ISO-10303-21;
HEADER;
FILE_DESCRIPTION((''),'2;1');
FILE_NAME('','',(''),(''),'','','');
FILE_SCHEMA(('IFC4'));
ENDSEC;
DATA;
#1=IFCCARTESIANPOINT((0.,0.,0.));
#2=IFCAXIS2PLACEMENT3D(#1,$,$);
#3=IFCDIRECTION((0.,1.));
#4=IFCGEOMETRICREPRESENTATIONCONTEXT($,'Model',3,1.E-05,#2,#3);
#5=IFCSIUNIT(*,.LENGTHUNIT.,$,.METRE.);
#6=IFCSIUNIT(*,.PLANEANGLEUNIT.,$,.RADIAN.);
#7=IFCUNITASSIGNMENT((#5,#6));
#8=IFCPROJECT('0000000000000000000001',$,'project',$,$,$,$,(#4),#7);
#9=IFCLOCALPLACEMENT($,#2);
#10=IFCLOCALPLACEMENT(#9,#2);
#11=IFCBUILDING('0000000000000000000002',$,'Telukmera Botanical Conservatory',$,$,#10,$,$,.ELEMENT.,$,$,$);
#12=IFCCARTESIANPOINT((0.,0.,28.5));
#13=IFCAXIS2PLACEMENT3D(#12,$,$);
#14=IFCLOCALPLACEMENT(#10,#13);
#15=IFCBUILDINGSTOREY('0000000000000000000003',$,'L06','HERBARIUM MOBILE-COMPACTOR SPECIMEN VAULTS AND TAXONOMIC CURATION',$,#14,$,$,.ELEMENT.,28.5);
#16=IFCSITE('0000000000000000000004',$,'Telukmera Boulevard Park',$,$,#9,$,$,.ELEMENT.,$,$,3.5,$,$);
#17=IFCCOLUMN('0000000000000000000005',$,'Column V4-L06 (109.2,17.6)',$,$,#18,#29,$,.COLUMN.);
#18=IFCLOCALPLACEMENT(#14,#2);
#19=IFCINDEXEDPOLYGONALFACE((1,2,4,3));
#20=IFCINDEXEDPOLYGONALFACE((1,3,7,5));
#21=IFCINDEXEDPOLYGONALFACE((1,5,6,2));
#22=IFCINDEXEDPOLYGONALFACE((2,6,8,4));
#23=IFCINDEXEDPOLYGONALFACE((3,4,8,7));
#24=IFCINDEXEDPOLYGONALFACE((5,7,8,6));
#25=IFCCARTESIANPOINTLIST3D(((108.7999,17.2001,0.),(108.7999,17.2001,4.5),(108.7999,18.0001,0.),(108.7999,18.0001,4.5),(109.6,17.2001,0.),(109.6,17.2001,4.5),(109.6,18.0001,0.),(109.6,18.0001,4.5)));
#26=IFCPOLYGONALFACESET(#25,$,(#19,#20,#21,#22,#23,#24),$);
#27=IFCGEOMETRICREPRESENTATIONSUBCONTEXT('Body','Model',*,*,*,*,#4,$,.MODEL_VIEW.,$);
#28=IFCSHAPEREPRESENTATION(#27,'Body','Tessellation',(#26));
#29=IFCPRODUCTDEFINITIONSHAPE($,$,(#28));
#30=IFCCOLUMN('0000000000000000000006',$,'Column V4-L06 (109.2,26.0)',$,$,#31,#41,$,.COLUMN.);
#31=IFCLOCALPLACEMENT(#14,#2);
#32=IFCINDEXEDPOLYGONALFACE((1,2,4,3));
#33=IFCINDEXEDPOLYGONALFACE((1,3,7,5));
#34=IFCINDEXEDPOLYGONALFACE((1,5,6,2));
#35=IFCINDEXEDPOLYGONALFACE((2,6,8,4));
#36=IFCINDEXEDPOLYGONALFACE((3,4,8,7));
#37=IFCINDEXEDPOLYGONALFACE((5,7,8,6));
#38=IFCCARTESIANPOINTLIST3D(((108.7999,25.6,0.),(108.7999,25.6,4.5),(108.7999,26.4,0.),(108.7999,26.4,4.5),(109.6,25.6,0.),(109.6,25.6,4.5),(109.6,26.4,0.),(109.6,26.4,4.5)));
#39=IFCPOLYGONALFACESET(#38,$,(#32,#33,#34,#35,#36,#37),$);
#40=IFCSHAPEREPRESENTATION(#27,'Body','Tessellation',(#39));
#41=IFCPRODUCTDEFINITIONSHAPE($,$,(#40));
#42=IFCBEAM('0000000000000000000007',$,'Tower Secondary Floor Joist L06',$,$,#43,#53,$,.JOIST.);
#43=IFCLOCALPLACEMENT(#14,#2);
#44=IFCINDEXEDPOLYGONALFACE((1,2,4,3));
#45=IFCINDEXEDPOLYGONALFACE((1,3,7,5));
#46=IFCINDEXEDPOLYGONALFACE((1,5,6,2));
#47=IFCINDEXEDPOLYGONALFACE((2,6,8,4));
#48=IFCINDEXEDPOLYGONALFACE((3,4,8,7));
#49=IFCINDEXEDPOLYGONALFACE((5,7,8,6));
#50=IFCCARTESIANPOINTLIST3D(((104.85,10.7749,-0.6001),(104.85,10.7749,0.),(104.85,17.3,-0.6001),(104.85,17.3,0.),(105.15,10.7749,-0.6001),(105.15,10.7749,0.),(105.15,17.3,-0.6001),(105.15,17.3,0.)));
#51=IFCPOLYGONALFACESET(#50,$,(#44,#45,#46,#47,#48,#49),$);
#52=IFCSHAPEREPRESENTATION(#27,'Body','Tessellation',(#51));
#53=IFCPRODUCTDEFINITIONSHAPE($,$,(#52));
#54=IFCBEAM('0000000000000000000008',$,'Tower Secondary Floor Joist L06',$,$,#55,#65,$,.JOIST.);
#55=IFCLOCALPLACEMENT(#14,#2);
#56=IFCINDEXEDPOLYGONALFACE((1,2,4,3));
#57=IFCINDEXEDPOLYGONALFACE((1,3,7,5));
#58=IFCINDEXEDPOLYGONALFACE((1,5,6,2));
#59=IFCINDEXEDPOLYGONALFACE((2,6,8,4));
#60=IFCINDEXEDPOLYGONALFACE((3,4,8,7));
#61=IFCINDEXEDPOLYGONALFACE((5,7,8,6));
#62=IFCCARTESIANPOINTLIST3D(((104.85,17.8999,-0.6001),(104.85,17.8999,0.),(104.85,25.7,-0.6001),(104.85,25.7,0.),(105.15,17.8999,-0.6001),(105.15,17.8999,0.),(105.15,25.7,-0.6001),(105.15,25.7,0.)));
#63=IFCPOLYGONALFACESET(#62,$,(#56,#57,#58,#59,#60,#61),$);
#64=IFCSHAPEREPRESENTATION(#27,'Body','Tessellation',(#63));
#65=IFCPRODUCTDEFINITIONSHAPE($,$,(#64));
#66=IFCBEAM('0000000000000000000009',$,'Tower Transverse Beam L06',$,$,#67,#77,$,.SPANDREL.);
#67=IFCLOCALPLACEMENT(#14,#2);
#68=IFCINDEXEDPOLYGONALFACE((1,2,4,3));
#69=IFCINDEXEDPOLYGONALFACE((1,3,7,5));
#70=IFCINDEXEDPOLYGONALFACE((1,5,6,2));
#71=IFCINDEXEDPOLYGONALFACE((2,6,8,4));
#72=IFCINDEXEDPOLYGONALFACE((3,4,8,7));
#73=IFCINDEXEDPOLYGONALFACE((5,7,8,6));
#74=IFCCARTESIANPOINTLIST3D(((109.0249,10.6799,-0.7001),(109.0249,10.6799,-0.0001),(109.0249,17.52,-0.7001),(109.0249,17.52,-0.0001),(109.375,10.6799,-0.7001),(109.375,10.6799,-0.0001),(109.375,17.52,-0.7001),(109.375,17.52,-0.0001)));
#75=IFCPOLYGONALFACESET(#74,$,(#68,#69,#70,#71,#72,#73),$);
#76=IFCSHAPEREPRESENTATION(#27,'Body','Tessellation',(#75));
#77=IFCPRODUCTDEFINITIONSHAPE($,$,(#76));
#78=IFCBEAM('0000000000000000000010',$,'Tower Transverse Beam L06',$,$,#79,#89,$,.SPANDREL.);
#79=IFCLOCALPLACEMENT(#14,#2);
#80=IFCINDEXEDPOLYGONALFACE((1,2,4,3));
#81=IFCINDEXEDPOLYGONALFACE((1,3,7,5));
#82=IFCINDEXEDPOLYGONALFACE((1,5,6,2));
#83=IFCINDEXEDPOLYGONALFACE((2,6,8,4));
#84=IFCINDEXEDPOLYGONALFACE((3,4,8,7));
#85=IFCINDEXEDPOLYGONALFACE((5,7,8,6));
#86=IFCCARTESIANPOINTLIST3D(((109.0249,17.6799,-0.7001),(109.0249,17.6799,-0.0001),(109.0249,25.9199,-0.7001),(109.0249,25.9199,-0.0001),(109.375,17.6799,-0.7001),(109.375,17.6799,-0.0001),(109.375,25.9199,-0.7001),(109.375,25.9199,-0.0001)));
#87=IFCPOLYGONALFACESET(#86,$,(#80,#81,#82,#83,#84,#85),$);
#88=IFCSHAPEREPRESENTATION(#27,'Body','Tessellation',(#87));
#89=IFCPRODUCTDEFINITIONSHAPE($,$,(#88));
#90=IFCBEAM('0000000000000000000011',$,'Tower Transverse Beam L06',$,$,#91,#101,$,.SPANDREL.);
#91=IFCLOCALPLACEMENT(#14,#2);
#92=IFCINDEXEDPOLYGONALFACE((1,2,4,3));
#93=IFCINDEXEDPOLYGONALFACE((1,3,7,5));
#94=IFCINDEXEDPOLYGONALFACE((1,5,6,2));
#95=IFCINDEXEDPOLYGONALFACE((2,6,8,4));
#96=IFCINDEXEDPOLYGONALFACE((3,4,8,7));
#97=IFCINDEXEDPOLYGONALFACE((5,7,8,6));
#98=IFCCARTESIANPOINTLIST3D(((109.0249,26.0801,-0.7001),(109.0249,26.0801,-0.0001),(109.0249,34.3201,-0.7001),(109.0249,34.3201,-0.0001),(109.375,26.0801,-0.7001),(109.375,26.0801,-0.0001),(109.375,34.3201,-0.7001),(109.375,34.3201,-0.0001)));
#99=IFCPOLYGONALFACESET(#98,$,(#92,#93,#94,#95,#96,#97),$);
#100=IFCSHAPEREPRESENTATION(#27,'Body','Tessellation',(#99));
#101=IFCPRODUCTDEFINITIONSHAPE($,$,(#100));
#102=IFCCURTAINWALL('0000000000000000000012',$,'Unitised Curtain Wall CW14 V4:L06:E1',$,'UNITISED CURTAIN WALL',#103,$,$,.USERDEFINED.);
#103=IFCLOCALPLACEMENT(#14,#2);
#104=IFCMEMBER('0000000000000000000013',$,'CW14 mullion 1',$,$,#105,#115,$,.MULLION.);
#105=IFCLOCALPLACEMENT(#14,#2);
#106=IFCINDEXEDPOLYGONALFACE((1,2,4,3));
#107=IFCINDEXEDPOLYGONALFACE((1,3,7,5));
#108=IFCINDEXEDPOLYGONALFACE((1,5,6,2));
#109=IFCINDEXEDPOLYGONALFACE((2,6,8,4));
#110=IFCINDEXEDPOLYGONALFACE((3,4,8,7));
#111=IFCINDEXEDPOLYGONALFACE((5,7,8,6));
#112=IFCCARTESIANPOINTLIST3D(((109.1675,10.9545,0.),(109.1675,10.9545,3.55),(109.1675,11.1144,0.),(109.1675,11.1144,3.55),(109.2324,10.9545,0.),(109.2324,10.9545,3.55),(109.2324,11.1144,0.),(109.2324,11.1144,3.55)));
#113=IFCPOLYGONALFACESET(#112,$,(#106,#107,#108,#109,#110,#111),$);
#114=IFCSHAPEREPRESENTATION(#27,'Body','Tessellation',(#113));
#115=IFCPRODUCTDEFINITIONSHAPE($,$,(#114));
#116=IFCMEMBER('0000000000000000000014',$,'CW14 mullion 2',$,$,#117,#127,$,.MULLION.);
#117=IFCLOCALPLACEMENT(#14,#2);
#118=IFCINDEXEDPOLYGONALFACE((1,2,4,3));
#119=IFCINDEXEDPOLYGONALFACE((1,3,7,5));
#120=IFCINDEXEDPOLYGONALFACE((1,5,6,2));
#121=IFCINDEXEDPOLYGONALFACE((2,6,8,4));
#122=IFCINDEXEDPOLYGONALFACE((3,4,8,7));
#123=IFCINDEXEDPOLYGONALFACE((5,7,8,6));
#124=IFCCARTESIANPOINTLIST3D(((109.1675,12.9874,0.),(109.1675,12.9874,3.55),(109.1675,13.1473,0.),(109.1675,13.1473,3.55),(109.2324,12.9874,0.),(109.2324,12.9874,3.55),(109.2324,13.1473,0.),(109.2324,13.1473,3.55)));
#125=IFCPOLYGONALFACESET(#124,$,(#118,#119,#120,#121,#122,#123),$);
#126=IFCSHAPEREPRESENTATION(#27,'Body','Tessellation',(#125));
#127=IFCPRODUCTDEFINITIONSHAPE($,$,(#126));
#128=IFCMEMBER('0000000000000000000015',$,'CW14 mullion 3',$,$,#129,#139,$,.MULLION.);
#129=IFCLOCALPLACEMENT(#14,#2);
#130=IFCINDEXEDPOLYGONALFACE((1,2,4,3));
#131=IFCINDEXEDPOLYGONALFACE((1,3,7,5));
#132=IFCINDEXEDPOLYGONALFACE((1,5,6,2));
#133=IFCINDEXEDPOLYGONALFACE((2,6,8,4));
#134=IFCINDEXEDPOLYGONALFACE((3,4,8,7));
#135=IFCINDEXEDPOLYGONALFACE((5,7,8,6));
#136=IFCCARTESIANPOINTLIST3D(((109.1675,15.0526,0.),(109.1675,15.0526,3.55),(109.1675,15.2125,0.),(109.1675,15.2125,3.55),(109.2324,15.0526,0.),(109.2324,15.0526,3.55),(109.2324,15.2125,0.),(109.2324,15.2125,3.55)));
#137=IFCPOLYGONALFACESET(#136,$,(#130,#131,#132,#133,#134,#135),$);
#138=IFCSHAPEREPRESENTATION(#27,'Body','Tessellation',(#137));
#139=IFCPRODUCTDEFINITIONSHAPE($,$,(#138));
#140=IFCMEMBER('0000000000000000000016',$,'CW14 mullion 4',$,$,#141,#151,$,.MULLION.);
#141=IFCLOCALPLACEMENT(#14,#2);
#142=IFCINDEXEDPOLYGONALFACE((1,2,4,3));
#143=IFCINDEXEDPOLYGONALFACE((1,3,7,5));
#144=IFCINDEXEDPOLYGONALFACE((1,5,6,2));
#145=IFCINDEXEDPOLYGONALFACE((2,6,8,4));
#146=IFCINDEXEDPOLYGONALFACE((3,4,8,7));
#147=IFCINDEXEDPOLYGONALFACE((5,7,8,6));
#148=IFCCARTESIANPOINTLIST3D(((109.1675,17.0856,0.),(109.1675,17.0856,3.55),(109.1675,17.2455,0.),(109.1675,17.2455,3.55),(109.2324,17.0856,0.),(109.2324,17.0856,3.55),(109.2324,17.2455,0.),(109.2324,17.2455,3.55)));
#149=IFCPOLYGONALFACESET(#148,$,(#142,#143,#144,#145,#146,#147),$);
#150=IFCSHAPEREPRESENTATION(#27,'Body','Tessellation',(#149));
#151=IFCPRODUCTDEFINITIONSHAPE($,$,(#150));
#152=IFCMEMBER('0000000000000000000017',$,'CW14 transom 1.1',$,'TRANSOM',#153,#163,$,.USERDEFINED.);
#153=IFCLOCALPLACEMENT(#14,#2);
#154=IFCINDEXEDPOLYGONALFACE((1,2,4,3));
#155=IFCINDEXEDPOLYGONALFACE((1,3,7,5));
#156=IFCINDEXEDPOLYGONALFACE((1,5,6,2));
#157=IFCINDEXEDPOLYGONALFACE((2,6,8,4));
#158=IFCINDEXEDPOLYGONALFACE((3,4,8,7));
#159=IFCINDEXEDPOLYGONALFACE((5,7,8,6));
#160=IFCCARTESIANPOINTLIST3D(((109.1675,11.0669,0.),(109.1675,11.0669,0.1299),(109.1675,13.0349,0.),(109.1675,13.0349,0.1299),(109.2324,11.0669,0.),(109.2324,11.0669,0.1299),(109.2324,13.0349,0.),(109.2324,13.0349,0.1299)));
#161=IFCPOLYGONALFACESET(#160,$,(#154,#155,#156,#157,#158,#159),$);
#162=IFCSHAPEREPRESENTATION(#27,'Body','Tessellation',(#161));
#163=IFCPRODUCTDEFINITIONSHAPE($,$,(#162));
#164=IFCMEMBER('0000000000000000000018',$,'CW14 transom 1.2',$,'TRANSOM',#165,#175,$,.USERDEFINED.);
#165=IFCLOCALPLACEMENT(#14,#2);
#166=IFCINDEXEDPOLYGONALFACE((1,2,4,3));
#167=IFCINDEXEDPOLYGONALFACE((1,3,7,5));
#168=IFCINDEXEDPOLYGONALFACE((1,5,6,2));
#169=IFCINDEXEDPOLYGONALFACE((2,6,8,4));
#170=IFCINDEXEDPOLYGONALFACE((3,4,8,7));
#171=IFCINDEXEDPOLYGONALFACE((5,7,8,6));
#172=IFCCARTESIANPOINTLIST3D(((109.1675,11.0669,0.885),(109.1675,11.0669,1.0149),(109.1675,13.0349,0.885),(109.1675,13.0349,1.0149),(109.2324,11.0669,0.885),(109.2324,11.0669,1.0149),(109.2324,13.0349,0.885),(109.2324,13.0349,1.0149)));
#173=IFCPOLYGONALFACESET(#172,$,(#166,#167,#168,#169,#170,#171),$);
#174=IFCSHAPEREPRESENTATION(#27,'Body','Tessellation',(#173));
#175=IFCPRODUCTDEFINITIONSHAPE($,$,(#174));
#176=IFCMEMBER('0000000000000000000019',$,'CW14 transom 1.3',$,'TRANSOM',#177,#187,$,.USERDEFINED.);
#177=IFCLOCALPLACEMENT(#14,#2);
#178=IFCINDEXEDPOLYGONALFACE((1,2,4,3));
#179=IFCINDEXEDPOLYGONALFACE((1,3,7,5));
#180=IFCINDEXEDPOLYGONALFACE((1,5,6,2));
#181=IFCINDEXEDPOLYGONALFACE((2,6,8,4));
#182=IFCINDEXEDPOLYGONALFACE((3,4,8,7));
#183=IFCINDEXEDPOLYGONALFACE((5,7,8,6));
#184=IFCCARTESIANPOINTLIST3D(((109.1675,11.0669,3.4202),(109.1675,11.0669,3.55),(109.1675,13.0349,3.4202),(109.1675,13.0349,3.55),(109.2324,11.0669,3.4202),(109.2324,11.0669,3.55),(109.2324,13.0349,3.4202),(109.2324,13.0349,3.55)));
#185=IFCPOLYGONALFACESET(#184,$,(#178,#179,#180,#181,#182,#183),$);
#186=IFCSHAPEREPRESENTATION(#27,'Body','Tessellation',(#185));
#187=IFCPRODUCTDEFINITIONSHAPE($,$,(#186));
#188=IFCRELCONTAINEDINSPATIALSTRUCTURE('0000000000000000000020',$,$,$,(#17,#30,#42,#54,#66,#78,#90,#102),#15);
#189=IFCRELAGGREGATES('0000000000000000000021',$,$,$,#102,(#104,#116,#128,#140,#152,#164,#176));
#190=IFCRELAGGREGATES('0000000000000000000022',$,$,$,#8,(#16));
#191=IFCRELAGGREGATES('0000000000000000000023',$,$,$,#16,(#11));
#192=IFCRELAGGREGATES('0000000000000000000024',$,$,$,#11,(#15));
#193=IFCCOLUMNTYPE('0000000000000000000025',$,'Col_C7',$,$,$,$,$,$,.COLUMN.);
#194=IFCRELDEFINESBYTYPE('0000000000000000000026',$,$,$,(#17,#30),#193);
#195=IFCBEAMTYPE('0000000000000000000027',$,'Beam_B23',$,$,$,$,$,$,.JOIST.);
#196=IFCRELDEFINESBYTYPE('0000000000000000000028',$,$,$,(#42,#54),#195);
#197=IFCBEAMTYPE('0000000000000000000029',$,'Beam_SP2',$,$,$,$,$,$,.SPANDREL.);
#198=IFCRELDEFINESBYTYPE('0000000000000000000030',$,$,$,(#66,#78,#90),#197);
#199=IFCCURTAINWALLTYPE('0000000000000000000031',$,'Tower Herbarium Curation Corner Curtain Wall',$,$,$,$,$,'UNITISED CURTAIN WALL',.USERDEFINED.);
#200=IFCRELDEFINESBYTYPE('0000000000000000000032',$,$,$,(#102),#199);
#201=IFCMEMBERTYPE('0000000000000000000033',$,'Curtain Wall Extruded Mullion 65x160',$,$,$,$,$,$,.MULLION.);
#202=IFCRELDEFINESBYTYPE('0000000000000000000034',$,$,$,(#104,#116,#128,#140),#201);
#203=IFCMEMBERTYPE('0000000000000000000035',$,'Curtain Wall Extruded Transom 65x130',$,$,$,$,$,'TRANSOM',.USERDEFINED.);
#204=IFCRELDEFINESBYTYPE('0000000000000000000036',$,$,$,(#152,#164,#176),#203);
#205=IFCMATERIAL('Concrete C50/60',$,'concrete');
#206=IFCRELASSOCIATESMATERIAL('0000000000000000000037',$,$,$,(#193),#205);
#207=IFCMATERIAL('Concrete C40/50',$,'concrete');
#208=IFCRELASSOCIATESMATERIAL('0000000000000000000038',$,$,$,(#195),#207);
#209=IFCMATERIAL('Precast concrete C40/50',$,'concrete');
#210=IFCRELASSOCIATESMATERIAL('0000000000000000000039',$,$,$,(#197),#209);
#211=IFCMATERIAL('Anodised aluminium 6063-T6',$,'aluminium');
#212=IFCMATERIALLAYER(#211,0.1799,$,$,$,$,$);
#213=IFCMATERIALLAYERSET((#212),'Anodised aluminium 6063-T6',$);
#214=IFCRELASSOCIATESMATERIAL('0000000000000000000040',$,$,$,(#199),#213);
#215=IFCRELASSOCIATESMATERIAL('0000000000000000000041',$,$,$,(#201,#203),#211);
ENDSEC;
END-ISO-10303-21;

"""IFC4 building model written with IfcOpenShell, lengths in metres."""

from ifc_helpers import new_model, si_unit, direction, frame, origin, origin_2d, place, context, subcontext, project, spatial, rectangle, extrude, material, layer, layer_set, material_profile, profile_set, type_object, element, aggregate, save


model = new_model("IFC4")

# Units and contexts
model_context = context("Model", 3, precision=1e-05, world=origin(), true_north=direction((0.0, 1.0)))
body_context = subcontext(model_context, "Body", "Model", "MODEL_VIEW")
ifc_project = project(units=[si_unit("LENGTHUNIT", "METRE"), si_unit("PLANEANGLEUNIT", "RADIAN")], contexts=[model_context])

# Site, building, storey
site_placement = place(None, origin())
site = spatial("IfcSite", under=ifc_project, at=site_placement, Name="Telukmera Boulevard Park", CompositionType="ELEMENT", RefElevation=3.5)
building_placement = place(site_placement, origin())
building = spatial("IfcBuilding", under=site, at=building_placement, Name="Telukmera Botanical Conservatory", CompositionType="ELEMENT")
storey_placement = place(building_placement, frame((0.0, 0.0, 28.5)))
storey = spatial("IfcBuildingStorey", under=building, at=storey_placement, Name="L06", Description="HERBARIUM MOBILE-COMPACTOR SPECIMEN VAULTS AND TAXONOMIC CURATION", CompositionType="ELEMENT", Elevation=28.5)

# Columns
ifc_material_1 = material(Name="Concrete C50/60", Category="concrete")
ifc_material_profile_1 = material_profile(ifc_material_1, rectangle(XDim=0.8, YDim=0.8, at=origin_2d()), Name="RC 800x800")
ifc_profile_set_1 = profile_set([ifc_material_profile_1], Name="Concrete C50/60")
column_type = type_object("IfcColumnType", Name="Col_C7", PredefinedType="COLUMN", material=ifc_profile_set_1)
for number, where, z_axis, x_axis, name in (
    (1, (109.2, 17.6001, 0.0), (0.0, 0.0, 1.0), (1.0, 0.0, 0.0), "Column V4-L06 (109.2,17.6)"),
    (2, (109.2, 26.0, 0.0), (0.0, 0.0, 1.0), (1.0, 0.0, 0.0), "Column V4-L06 (109.2,26.0)"),
):
    element("IfcColumn", number, at=place(storey_placement, frame(where, z_axis=z_axis, x_axis=x_axis)), inside=storey, type_object=column_type, Name=name, PredefinedType="COLUMN", context=body_context, shape_type="SweptSolid", body=[
        extrude(rectangle(XDim=0.8, YDim=0.8, at=origin_2d()), origin(), (0.0, 0.0, 1.0), 4.5),
    ])

# Beams
ifc_material_2 = material(Name="Concrete C40/50", Category="concrete")
ifc_material_profile_2 = material_profile(ifc_material_2, rectangle(XDim=0.3, YDim=0.6001, at=origin_2d()), Name="RC 300x600")
ifc_profile_set_2 = profile_set([ifc_material_profile_2], Name="Concrete C40/50")
beam_type_1 = type_object("IfcBeamType", Name="Beam_B23", PredefinedType="JOIST", material=ifc_profile_set_2)
beam_1_placement = place(storey_placement, frame((105.0, 10.7749, -0.3), z_axis=(0.0, 1.0, 0.0), x_axis=(-1.0, 0.0, 0.0)))
element("IfcBeam", 3, at=beam_1_placement, inside=storey, type_object=beam_type_1, Name="Tower Secondary Floor Joist L06", PredefinedType="JOIST", context=body_context, shape_type="SweptSolid", body=[
    extrude(rectangle(XDim=0.3, YDim=0.6001, at=origin_2d()), origin(), (0.0, 0.0, 1.0), 6.5251),
])
beam_2_placement = place(storey_placement, frame((105.0, 17.8999, -0.3), z_axis=(0.0, 1.0, 0.0), x_axis=(-1.0, 0.0, 0.0)))
element("IfcBeam", 4, at=beam_2_placement, inside=storey, type_object=beam_type_1, Name="Tower Secondary Floor Joist L06", PredefinedType="JOIST", context=body_context, shape_type="SweptSolid", body=[
    extrude(rectangle(XDim=0.3, YDim=0.6001, at=origin_2d()), origin(), (0.0, 0.0, 1.0), 7.8),
])
ifc_material_3 = material(Name="Precast concrete C40/50", Category="concrete")
ifc_material_profile_3 = material_profile(ifc_material_3, rectangle(XDim=0.3501, YDim=0.7, at=origin_2d()), Name="PC 350x700")
ifc_profile_set_3 = profile_set([ifc_material_profile_3], Name="Precast concrete C40/50")
beam_type_2 = type_object("IfcBeamType", Name="Beam_SP2", PredefinedType="SPANDREL", material=ifc_profile_set_3)
beam_3_placement = place(storey_placement, frame((109.2, 10.6799, -0.3501), z_axis=(0.0, 1.0, 0.0), x_axis=(-1.0, 0.0, 0.0)))
element("IfcBeam", 5, at=beam_3_placement, inside=storey, type_object=beam_type_2, Name="Tower Transverse Beam L06", PredefinedType="SPANDREL", context=body_context, shape_type="SweptSolid", body=[
    extrude(rectangle(XDim=0.3501, YDim=0.7, at=origin_2d()), origin(), (0.0, 0.0, 1.0), 6.8401),
])
for number, where, z_axis, x_axis, name in (
    (6, (109.2, 17.6799, -0.3501), (0.0, 1.0, 0.0), (-1.0, 0.0, 0.0), "Tower Transverse Beam L06"),
    (7, (109.2, 26.0801, -0.3501), (0.0, 1.0, 0.0), (-1.0, 0.0, 0.0), "Tower Transverse Beam L06"),
):
    element("IfcBeam", number, at=place(storey_placement, frame(where, z_axis=z_axis, x_axis=x_axis)), inside=storey, type_object=beam_type_2, Name=name, PredefinedType="SPANDREL", context=body_context, shape_type="SweptSolid", body=[
        extrude(rectangle(XDim=0.3501, YDim=0.7, at=origin_2d()), origin(), (0.0, 0.0, 1.0), 8.24),
    ])

# Curtain wall, members
ifc_material_4 = material(Name="Anodised aluminium 6063-T6", Category="aluminium")
ifc_layer_1 = layer(ifc_material_4, 0.1799)
ifc_layer_set_1 = layer_set([ifc_layer_1], Name="Anodised aluminium 6063-T6")
curtain_wall_type = type_object("IfcCurtainWallType", Name="Tower Herbarium Curation Corner Curtain Wall", ElementType="UNITISED CURTAIN WALL", PredefinedType="USERDEFINED", material=ifc_layer_set_1)
curtain_wall_placement = place(storey_placement, origin())
curtain_wall = element("IfcCurtainWall", 8, at=curtain_wall_placement, inside=storey, type_object=curtain_wall_type, Name="Unitised Curtain Wall CW14 V4:L06:E1", ObjectType="UNITISED CURTAIN WALL", PredefinedType="USERDEFINED")
ifc_material_profile_4 = material_profile(ifc_material_4, rectangle(XDim=0.0649, YDim=0.1599, at=origin_2d()), Name="ALU MULL 65x160")
ifc_profile_set_4 = profile_set([ifc_material_profile_4], Name="Anodised aluminium 6063-T6")
member_type_1 = type_object("IfcMemberType", Name="Curtain Wall Extruded Mullion 65x160", PredefinedType="MULLION", material=ifc_profile_set_4)
member_1_placement = place(storey_placement, frame((109.2, 11.0344, 0.0), z_axis=(0.0, 0.0, 1.0), x_axis=(-1.0, 0.0, 0.0)))
member_1 = element("IfcMember", 9, at=member_1_placement, type_object=member_type_1, Name="CW14 mullion 1", PredefinedType="MULLION", context=body_context, shape_type="SweptSolid", body=[
    extrude(rectangle(XDim=0.0649, YDim=0.1599, at=origin_2d()), origin(), (0.0, 0.0, 1.0), 3.55),
])
member_2_placement = place(storey_placement, frame((109.2, 13.0674, 0.0), z_axis=(0.0, 0.0, 1.0), x_axis=(-1.0, 0.0, 0.0)))
member_2 = element("IfcMember", 10, at=member_2_placement, type_object=member_type_1, Name="CW14 mullion 2", PredefinedType="MULLION", context=body_context, shape_type="SweptSolid", body=[
    extrude(rectangle(XDim=0.0649, YDim=0.1599, at=origin_2d()), origin(), (0.0, 0.0, 1.0), 3.55),
])
member_3_placement = place(storey_placement, frame((109.2, 15.1326, 0.0), z_axis=(0.0, 0.0, 1.0), x_axis=(-1.0, 0.0, 0.0)))
member_3 = element("IfcMember", 11, at=member_3_placement, type_object=member_type_1, Name="CW14 mullion 3", PredefinedType="MULLION", context=body_context, shape_type="SweptSolid", body=[
    extrude(rectangle(XDim=0.0649, YDim=0.1599, at=origin_2d()), origin(), (0.0, 0.0, 1.0), 3.55),
])
member_4_placement = place(storey_placement, frame((109.2, 17.1655, 0.0), z_axis=(0.0, 0.0, 1.0), x_axis=(-1.0, 0.0, 0.0)))
member_4 = element("IfcMember", 12, at=member_4_placement, type_object=member_type_1, Name="CW14 mullion 4", PredefinedType="MULLION", context=body_context, shape_type="SweptSolid", body=[
    extrude(rectangle(XDim=0.0649, YDim=0.1599, at=origin_2d()), origin(), (0.0, 0.0, 1.0), 3.55),
])
ifc_material_profile_5 = material_profile(ifc_material_4, rectangle(XDim=0.0649, YDim=0.1299, at=origin_2d()), Name="ALU TRAN 65x130")
ifc_profile_set_5 = profile_set([ifc_material_profile_5], Name="Anodised aluminium 6063-T6")
member_type_2 = type_object("IfcMemberType", Name="Curtain Wall Extruded Transom 65x130", ElementType="TRANSOM", PredefinedType="USERDEFINED", material=ifc_profile_set_5)
member_5_placement = place(storey_placement, frame((109.2, 11.0669, 0.0649), z_axis=(0.0, 1.0, 0.0), x_axis=(-1.0, 0.0, 0.0)))
member_5 = element("IfcMember", 13, at=member_5_placement, type_object=member_type_2, Name="CW14 transom 1.1", ObjectType="TRANSOM", PredefinedType="USERDEFINED", context=body_context, shape_type="SweptSolid", body=[
    extrude(rectangle(XDim=0.0649, YDim=0.1299, at=origin_2d()), origin(), (0.0, 0.0, 1.0), 1.968),
])
member_6_placement = place(storey_placement, frame((109.2, 11.0669, 0.95), z_axis=(0.0, 1.0, 0.0), x_axis=(-1.0, 0.0, 0.0)))
member_6 = element("IfcMember", 14, at=member_6_placement, type_object=member_type_2, Name="CW14 transom 1.2", ObjectType="TRANSOM", PredefinedType="USERDEFINED", context=body_context, shape_type="SweptSolid", body=[
    extrude(rectangle(XDim=0.0649, YDim=0.1299, at=origin_2d()), origin(), (0.0, 0.0, 1.0), 1.968),
])
member_7_placement = place(storey_placement, frame((109.2, 11.0669, 3.4851), z_axis=(0.0, 1.0, 0.0), x_axis=(-1.0, 0.0, 0.0)))
member_7 = element("IfcMember", 15, at=member_7_placement, type_object=member_type_2, Name="CW14 transom 1.3", ObjectType="TRANSOM", PredefinedType="USERDEFINED", context=body_context, shape_type="SweptSolid", body=[
    extrude(rectangle(XDim=0.0649, YDim=0.1299, at=origin_2d()), origin(), (0.0, 0.0, 1.0), 1.968),
])
aggregate(curtain_wall, [member_1, member_2, member_3, member_4, member_5, member_6, member_7])

save(model, "model.ifc")
